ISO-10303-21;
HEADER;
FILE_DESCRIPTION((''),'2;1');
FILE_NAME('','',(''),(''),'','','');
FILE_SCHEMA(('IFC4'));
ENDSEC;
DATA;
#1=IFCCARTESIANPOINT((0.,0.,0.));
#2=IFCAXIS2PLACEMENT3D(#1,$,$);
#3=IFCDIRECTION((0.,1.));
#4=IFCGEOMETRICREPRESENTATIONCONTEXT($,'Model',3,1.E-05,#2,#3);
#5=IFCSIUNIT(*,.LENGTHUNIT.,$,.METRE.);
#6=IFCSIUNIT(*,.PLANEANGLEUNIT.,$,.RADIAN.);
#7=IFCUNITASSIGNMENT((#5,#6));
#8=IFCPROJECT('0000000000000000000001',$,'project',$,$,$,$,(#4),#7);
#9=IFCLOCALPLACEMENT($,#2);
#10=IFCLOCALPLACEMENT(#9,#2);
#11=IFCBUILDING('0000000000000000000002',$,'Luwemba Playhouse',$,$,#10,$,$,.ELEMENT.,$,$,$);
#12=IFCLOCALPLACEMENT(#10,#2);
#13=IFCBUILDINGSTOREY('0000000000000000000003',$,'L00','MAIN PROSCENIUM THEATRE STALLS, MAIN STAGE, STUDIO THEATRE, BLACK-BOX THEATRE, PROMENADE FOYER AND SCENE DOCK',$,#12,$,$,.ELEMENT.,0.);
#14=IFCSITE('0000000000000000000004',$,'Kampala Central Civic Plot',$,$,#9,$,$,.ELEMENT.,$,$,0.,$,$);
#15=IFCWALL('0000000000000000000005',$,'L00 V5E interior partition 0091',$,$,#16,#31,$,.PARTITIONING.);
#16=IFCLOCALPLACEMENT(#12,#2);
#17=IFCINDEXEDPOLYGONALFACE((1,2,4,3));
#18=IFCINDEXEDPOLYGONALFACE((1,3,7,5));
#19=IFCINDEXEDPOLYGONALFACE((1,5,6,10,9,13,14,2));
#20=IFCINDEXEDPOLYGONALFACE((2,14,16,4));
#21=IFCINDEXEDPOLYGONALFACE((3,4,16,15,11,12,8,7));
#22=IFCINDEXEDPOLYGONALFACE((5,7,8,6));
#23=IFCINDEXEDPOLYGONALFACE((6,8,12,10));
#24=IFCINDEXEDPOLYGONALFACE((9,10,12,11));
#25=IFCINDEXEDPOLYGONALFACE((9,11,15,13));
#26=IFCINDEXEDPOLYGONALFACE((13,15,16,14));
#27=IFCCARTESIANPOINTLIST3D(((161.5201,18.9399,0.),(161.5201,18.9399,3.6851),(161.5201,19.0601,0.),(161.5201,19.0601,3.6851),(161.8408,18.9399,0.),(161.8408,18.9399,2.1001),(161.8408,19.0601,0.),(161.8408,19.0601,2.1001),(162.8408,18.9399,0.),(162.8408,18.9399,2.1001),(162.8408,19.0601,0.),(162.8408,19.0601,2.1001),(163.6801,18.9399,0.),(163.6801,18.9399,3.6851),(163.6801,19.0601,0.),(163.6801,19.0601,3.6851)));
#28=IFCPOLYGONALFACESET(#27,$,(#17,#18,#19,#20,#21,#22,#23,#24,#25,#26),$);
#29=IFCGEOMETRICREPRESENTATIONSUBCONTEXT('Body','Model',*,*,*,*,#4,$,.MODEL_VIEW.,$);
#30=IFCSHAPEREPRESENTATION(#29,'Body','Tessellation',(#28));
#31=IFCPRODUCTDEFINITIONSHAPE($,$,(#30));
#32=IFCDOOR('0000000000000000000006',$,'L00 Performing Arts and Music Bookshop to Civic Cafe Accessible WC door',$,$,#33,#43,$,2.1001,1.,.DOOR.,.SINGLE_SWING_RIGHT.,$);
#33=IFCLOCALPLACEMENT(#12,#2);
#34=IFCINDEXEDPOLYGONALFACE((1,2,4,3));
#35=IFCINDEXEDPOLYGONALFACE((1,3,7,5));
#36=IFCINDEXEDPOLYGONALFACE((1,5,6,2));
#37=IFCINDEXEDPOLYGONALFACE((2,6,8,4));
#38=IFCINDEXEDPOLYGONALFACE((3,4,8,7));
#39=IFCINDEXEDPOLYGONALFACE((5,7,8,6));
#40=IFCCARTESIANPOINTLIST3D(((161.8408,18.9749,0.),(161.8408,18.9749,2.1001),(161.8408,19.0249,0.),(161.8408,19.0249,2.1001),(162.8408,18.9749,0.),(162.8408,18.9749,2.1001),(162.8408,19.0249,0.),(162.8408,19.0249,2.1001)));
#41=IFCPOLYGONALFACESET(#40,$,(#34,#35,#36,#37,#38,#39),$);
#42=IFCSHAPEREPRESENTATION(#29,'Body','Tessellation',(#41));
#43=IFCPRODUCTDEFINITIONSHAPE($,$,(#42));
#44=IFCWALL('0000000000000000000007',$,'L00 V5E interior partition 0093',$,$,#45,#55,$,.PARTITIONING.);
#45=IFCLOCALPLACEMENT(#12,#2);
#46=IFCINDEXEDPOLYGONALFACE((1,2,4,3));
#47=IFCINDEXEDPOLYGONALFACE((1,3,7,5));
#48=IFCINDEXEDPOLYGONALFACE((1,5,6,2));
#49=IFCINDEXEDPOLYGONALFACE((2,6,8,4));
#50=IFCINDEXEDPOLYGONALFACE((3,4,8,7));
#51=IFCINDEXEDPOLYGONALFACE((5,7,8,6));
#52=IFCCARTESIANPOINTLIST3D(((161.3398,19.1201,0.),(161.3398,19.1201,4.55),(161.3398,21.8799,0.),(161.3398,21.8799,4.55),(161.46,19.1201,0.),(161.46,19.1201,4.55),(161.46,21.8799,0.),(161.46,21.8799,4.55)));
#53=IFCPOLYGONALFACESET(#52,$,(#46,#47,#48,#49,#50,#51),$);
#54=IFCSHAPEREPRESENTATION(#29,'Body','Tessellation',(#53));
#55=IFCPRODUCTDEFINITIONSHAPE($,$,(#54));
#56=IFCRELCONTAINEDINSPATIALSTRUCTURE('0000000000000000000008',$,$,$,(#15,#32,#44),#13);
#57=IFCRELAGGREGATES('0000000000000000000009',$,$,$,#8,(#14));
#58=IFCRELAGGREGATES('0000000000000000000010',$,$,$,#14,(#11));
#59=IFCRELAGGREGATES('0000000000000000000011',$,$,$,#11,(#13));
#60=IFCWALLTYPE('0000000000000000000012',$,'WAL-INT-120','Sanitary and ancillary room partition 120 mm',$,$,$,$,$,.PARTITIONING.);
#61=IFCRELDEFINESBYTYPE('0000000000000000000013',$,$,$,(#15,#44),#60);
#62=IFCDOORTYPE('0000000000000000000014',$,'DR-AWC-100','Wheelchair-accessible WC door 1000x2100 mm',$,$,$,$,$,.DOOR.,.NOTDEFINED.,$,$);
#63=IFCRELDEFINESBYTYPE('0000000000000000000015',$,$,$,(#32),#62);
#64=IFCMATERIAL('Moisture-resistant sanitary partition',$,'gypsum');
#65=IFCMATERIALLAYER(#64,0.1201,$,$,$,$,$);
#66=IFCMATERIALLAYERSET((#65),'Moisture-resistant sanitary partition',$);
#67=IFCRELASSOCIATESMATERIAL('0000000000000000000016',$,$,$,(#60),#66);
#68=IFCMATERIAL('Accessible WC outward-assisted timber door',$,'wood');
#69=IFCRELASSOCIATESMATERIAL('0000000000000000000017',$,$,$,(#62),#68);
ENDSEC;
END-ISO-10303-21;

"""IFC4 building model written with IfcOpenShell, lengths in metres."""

from ifc_helpers import new_model, si_unit, direction, frame, frame_2d, origin, place, context, subcontext, project, spatial, rectangle, extrude, material, layer, layer_set, type_object, element, fill, save


model = new_model("IFC4")

# Units and contexts
model_context = context("Model", 3, precision=1e-05, world=origin(), true_north=direction((0.0, 1.0)))
body_context = subcontext(model_context, "Body", "Model", "MODEL_VIEW")
ifc_project = project(units=[si_unit("LENGTHUNIT", "METRE"), si_unit("PLANEANGLEUNIT", "RADIAN")], contexts=[model_context])

# Site, building, storey
site_placement = place(None, origin())
site = spatial("IfcSite", under=ifc_project, at=site_placement, Name="Kampala Central Civic Plot", CompositionType="ELEMENT", RefElevation=0.0)
building_placement = place(site_placement, origin())
building = spatial("IfcBuilding", under=site, at=building_placement, Name="Luwemba Playhouse", CompositionType="ELEMENT")
storey_placement = place(building_placement, origin())
storey = spatial("IfcBuildingStorey", under=building, at=storey_placement, Name="L00", Description="MAIN PROSCENIUM THEATRE STALLS, MAIN STAGE, STUDIO THEATRE, BLACK-BOX THEATRE, PROMENADE FOYER AND SCENE DOCK", CompositionType="ELEMENT", Elevation=0.0)

# Wall, opening, door
ifc_material_1 = material(Name="Moisture-resistant sanitary partition", Category="gypsum")
ifc_layer_1 = layer(ifc_material_1, 0.1201)
ifc_layer_set_1 = layer_set([ifc_layer_1], Name="Moisture-resistant sanitary partition")
wall_type = type_object("IfcWallType", Name="WAL-INT-120", Description="Sanitary and ancillary room partition 120 mm", PredefinedType="PARTITIONING", material=ifc_layer_set_1)
wall_1_placement = place(storey_placement, frame((161.52, 19.0, 0.0), z_axis=(0.0, 0.0, 1.0), x_axis=(1.0, 0.0, 0.0)))
wall_1 = element("IfcWall", 1, at=wall_1_placement, inside=storey, type_object=wall_type, Name="L00 V5E interior partition 0091", PredefinedType="PARTITIONING", context=body_context, shape_type="SweptSolid", body=[
    extrude(rectangle(XDim=2.1599, YDim=0.1201, at=frame_2d((1.0801, 0.0))), origin(), (0.0, 0.0, 1.0), 3.6851),
])
opening_placement = place(wall_1_placement, frame((0.3208, 0.0, 0.0)))
opening = element("IfcOpeningElement", 2, at=opening_placement, cuts=wall_1, PredefinedType="OPENING", context=body_context, shape_type="SweptSolid", body=[
    extrude(rectangle(XDim=1.0, YDim=2.1001, at=frame_2d((0.5, 1.05))), frame((0.0, 0.0701, 0.0), z_axis=(0.0, -1.0, 0.0), x_axis=(1.0, 0.0, 0.0)), (0.0, 0.0, 1.0), 0.1401),
])
ifc_material_2 = material(Name="Accessible WC outward-assisted timber door", Category="wood")
door_type = type_object("IfcDoorType", Name="DR-AWC-100", Description="Wheelchair-accessible WC door 1000x2100 mm", OperationType="NOTDEFINED", PredefinedType="DOOR", material=ifc_material_2)
door_placement = place(opening_placement, origin())
door = element("IfcDoor", 3, at=door_placement, inside=storey, type_object=door_type, Name="L00 Performing Arts and Music Bookshop to Civic Cafe Accessible WC door", OperationType="SINGLE_SWING_RIGHT", OverallHeight=2.1001, OverallWidth=1.0, PredefinedType="DOOR", context=body_context, shape_type="SweptSolid", body=[
    extrude(rectangle(XDim=1.0, YDim=2.1001, at=frame_2d((0.5, 1.05))), frame((0.0, 0.0249, 0.0), z_axis=(0.0, -1.0, 0.0), x_axis=(1.0, 0.0, 0.0)), (0.0, 0.0, 1.0), 0.05),
])
fill(opening, door)

# Wall
wall_2_placement = place(storey_placement, frame((161.3999, 19.1201, 0.0), z_axis=(0.0, 0.0, 1.0), x_axis=(0.0, 1.0, 0.0)))
element("IfcWall", 4, at=wall_2_placement, inside=storey, type_object=wall_type, Name="L00 V5E interior partition 0093", PredefinedType="PARTITIONING", context=body_context, shape_type="SweptSolid", body=[
    extrude(rectangle(XDim=2.7598, YDim=0.1201, at=frame_2d((1.3799, 0.0))), origin(), (0.0, 0.0, 1.0), 4.55),
])

save(model, "model.ifc")
